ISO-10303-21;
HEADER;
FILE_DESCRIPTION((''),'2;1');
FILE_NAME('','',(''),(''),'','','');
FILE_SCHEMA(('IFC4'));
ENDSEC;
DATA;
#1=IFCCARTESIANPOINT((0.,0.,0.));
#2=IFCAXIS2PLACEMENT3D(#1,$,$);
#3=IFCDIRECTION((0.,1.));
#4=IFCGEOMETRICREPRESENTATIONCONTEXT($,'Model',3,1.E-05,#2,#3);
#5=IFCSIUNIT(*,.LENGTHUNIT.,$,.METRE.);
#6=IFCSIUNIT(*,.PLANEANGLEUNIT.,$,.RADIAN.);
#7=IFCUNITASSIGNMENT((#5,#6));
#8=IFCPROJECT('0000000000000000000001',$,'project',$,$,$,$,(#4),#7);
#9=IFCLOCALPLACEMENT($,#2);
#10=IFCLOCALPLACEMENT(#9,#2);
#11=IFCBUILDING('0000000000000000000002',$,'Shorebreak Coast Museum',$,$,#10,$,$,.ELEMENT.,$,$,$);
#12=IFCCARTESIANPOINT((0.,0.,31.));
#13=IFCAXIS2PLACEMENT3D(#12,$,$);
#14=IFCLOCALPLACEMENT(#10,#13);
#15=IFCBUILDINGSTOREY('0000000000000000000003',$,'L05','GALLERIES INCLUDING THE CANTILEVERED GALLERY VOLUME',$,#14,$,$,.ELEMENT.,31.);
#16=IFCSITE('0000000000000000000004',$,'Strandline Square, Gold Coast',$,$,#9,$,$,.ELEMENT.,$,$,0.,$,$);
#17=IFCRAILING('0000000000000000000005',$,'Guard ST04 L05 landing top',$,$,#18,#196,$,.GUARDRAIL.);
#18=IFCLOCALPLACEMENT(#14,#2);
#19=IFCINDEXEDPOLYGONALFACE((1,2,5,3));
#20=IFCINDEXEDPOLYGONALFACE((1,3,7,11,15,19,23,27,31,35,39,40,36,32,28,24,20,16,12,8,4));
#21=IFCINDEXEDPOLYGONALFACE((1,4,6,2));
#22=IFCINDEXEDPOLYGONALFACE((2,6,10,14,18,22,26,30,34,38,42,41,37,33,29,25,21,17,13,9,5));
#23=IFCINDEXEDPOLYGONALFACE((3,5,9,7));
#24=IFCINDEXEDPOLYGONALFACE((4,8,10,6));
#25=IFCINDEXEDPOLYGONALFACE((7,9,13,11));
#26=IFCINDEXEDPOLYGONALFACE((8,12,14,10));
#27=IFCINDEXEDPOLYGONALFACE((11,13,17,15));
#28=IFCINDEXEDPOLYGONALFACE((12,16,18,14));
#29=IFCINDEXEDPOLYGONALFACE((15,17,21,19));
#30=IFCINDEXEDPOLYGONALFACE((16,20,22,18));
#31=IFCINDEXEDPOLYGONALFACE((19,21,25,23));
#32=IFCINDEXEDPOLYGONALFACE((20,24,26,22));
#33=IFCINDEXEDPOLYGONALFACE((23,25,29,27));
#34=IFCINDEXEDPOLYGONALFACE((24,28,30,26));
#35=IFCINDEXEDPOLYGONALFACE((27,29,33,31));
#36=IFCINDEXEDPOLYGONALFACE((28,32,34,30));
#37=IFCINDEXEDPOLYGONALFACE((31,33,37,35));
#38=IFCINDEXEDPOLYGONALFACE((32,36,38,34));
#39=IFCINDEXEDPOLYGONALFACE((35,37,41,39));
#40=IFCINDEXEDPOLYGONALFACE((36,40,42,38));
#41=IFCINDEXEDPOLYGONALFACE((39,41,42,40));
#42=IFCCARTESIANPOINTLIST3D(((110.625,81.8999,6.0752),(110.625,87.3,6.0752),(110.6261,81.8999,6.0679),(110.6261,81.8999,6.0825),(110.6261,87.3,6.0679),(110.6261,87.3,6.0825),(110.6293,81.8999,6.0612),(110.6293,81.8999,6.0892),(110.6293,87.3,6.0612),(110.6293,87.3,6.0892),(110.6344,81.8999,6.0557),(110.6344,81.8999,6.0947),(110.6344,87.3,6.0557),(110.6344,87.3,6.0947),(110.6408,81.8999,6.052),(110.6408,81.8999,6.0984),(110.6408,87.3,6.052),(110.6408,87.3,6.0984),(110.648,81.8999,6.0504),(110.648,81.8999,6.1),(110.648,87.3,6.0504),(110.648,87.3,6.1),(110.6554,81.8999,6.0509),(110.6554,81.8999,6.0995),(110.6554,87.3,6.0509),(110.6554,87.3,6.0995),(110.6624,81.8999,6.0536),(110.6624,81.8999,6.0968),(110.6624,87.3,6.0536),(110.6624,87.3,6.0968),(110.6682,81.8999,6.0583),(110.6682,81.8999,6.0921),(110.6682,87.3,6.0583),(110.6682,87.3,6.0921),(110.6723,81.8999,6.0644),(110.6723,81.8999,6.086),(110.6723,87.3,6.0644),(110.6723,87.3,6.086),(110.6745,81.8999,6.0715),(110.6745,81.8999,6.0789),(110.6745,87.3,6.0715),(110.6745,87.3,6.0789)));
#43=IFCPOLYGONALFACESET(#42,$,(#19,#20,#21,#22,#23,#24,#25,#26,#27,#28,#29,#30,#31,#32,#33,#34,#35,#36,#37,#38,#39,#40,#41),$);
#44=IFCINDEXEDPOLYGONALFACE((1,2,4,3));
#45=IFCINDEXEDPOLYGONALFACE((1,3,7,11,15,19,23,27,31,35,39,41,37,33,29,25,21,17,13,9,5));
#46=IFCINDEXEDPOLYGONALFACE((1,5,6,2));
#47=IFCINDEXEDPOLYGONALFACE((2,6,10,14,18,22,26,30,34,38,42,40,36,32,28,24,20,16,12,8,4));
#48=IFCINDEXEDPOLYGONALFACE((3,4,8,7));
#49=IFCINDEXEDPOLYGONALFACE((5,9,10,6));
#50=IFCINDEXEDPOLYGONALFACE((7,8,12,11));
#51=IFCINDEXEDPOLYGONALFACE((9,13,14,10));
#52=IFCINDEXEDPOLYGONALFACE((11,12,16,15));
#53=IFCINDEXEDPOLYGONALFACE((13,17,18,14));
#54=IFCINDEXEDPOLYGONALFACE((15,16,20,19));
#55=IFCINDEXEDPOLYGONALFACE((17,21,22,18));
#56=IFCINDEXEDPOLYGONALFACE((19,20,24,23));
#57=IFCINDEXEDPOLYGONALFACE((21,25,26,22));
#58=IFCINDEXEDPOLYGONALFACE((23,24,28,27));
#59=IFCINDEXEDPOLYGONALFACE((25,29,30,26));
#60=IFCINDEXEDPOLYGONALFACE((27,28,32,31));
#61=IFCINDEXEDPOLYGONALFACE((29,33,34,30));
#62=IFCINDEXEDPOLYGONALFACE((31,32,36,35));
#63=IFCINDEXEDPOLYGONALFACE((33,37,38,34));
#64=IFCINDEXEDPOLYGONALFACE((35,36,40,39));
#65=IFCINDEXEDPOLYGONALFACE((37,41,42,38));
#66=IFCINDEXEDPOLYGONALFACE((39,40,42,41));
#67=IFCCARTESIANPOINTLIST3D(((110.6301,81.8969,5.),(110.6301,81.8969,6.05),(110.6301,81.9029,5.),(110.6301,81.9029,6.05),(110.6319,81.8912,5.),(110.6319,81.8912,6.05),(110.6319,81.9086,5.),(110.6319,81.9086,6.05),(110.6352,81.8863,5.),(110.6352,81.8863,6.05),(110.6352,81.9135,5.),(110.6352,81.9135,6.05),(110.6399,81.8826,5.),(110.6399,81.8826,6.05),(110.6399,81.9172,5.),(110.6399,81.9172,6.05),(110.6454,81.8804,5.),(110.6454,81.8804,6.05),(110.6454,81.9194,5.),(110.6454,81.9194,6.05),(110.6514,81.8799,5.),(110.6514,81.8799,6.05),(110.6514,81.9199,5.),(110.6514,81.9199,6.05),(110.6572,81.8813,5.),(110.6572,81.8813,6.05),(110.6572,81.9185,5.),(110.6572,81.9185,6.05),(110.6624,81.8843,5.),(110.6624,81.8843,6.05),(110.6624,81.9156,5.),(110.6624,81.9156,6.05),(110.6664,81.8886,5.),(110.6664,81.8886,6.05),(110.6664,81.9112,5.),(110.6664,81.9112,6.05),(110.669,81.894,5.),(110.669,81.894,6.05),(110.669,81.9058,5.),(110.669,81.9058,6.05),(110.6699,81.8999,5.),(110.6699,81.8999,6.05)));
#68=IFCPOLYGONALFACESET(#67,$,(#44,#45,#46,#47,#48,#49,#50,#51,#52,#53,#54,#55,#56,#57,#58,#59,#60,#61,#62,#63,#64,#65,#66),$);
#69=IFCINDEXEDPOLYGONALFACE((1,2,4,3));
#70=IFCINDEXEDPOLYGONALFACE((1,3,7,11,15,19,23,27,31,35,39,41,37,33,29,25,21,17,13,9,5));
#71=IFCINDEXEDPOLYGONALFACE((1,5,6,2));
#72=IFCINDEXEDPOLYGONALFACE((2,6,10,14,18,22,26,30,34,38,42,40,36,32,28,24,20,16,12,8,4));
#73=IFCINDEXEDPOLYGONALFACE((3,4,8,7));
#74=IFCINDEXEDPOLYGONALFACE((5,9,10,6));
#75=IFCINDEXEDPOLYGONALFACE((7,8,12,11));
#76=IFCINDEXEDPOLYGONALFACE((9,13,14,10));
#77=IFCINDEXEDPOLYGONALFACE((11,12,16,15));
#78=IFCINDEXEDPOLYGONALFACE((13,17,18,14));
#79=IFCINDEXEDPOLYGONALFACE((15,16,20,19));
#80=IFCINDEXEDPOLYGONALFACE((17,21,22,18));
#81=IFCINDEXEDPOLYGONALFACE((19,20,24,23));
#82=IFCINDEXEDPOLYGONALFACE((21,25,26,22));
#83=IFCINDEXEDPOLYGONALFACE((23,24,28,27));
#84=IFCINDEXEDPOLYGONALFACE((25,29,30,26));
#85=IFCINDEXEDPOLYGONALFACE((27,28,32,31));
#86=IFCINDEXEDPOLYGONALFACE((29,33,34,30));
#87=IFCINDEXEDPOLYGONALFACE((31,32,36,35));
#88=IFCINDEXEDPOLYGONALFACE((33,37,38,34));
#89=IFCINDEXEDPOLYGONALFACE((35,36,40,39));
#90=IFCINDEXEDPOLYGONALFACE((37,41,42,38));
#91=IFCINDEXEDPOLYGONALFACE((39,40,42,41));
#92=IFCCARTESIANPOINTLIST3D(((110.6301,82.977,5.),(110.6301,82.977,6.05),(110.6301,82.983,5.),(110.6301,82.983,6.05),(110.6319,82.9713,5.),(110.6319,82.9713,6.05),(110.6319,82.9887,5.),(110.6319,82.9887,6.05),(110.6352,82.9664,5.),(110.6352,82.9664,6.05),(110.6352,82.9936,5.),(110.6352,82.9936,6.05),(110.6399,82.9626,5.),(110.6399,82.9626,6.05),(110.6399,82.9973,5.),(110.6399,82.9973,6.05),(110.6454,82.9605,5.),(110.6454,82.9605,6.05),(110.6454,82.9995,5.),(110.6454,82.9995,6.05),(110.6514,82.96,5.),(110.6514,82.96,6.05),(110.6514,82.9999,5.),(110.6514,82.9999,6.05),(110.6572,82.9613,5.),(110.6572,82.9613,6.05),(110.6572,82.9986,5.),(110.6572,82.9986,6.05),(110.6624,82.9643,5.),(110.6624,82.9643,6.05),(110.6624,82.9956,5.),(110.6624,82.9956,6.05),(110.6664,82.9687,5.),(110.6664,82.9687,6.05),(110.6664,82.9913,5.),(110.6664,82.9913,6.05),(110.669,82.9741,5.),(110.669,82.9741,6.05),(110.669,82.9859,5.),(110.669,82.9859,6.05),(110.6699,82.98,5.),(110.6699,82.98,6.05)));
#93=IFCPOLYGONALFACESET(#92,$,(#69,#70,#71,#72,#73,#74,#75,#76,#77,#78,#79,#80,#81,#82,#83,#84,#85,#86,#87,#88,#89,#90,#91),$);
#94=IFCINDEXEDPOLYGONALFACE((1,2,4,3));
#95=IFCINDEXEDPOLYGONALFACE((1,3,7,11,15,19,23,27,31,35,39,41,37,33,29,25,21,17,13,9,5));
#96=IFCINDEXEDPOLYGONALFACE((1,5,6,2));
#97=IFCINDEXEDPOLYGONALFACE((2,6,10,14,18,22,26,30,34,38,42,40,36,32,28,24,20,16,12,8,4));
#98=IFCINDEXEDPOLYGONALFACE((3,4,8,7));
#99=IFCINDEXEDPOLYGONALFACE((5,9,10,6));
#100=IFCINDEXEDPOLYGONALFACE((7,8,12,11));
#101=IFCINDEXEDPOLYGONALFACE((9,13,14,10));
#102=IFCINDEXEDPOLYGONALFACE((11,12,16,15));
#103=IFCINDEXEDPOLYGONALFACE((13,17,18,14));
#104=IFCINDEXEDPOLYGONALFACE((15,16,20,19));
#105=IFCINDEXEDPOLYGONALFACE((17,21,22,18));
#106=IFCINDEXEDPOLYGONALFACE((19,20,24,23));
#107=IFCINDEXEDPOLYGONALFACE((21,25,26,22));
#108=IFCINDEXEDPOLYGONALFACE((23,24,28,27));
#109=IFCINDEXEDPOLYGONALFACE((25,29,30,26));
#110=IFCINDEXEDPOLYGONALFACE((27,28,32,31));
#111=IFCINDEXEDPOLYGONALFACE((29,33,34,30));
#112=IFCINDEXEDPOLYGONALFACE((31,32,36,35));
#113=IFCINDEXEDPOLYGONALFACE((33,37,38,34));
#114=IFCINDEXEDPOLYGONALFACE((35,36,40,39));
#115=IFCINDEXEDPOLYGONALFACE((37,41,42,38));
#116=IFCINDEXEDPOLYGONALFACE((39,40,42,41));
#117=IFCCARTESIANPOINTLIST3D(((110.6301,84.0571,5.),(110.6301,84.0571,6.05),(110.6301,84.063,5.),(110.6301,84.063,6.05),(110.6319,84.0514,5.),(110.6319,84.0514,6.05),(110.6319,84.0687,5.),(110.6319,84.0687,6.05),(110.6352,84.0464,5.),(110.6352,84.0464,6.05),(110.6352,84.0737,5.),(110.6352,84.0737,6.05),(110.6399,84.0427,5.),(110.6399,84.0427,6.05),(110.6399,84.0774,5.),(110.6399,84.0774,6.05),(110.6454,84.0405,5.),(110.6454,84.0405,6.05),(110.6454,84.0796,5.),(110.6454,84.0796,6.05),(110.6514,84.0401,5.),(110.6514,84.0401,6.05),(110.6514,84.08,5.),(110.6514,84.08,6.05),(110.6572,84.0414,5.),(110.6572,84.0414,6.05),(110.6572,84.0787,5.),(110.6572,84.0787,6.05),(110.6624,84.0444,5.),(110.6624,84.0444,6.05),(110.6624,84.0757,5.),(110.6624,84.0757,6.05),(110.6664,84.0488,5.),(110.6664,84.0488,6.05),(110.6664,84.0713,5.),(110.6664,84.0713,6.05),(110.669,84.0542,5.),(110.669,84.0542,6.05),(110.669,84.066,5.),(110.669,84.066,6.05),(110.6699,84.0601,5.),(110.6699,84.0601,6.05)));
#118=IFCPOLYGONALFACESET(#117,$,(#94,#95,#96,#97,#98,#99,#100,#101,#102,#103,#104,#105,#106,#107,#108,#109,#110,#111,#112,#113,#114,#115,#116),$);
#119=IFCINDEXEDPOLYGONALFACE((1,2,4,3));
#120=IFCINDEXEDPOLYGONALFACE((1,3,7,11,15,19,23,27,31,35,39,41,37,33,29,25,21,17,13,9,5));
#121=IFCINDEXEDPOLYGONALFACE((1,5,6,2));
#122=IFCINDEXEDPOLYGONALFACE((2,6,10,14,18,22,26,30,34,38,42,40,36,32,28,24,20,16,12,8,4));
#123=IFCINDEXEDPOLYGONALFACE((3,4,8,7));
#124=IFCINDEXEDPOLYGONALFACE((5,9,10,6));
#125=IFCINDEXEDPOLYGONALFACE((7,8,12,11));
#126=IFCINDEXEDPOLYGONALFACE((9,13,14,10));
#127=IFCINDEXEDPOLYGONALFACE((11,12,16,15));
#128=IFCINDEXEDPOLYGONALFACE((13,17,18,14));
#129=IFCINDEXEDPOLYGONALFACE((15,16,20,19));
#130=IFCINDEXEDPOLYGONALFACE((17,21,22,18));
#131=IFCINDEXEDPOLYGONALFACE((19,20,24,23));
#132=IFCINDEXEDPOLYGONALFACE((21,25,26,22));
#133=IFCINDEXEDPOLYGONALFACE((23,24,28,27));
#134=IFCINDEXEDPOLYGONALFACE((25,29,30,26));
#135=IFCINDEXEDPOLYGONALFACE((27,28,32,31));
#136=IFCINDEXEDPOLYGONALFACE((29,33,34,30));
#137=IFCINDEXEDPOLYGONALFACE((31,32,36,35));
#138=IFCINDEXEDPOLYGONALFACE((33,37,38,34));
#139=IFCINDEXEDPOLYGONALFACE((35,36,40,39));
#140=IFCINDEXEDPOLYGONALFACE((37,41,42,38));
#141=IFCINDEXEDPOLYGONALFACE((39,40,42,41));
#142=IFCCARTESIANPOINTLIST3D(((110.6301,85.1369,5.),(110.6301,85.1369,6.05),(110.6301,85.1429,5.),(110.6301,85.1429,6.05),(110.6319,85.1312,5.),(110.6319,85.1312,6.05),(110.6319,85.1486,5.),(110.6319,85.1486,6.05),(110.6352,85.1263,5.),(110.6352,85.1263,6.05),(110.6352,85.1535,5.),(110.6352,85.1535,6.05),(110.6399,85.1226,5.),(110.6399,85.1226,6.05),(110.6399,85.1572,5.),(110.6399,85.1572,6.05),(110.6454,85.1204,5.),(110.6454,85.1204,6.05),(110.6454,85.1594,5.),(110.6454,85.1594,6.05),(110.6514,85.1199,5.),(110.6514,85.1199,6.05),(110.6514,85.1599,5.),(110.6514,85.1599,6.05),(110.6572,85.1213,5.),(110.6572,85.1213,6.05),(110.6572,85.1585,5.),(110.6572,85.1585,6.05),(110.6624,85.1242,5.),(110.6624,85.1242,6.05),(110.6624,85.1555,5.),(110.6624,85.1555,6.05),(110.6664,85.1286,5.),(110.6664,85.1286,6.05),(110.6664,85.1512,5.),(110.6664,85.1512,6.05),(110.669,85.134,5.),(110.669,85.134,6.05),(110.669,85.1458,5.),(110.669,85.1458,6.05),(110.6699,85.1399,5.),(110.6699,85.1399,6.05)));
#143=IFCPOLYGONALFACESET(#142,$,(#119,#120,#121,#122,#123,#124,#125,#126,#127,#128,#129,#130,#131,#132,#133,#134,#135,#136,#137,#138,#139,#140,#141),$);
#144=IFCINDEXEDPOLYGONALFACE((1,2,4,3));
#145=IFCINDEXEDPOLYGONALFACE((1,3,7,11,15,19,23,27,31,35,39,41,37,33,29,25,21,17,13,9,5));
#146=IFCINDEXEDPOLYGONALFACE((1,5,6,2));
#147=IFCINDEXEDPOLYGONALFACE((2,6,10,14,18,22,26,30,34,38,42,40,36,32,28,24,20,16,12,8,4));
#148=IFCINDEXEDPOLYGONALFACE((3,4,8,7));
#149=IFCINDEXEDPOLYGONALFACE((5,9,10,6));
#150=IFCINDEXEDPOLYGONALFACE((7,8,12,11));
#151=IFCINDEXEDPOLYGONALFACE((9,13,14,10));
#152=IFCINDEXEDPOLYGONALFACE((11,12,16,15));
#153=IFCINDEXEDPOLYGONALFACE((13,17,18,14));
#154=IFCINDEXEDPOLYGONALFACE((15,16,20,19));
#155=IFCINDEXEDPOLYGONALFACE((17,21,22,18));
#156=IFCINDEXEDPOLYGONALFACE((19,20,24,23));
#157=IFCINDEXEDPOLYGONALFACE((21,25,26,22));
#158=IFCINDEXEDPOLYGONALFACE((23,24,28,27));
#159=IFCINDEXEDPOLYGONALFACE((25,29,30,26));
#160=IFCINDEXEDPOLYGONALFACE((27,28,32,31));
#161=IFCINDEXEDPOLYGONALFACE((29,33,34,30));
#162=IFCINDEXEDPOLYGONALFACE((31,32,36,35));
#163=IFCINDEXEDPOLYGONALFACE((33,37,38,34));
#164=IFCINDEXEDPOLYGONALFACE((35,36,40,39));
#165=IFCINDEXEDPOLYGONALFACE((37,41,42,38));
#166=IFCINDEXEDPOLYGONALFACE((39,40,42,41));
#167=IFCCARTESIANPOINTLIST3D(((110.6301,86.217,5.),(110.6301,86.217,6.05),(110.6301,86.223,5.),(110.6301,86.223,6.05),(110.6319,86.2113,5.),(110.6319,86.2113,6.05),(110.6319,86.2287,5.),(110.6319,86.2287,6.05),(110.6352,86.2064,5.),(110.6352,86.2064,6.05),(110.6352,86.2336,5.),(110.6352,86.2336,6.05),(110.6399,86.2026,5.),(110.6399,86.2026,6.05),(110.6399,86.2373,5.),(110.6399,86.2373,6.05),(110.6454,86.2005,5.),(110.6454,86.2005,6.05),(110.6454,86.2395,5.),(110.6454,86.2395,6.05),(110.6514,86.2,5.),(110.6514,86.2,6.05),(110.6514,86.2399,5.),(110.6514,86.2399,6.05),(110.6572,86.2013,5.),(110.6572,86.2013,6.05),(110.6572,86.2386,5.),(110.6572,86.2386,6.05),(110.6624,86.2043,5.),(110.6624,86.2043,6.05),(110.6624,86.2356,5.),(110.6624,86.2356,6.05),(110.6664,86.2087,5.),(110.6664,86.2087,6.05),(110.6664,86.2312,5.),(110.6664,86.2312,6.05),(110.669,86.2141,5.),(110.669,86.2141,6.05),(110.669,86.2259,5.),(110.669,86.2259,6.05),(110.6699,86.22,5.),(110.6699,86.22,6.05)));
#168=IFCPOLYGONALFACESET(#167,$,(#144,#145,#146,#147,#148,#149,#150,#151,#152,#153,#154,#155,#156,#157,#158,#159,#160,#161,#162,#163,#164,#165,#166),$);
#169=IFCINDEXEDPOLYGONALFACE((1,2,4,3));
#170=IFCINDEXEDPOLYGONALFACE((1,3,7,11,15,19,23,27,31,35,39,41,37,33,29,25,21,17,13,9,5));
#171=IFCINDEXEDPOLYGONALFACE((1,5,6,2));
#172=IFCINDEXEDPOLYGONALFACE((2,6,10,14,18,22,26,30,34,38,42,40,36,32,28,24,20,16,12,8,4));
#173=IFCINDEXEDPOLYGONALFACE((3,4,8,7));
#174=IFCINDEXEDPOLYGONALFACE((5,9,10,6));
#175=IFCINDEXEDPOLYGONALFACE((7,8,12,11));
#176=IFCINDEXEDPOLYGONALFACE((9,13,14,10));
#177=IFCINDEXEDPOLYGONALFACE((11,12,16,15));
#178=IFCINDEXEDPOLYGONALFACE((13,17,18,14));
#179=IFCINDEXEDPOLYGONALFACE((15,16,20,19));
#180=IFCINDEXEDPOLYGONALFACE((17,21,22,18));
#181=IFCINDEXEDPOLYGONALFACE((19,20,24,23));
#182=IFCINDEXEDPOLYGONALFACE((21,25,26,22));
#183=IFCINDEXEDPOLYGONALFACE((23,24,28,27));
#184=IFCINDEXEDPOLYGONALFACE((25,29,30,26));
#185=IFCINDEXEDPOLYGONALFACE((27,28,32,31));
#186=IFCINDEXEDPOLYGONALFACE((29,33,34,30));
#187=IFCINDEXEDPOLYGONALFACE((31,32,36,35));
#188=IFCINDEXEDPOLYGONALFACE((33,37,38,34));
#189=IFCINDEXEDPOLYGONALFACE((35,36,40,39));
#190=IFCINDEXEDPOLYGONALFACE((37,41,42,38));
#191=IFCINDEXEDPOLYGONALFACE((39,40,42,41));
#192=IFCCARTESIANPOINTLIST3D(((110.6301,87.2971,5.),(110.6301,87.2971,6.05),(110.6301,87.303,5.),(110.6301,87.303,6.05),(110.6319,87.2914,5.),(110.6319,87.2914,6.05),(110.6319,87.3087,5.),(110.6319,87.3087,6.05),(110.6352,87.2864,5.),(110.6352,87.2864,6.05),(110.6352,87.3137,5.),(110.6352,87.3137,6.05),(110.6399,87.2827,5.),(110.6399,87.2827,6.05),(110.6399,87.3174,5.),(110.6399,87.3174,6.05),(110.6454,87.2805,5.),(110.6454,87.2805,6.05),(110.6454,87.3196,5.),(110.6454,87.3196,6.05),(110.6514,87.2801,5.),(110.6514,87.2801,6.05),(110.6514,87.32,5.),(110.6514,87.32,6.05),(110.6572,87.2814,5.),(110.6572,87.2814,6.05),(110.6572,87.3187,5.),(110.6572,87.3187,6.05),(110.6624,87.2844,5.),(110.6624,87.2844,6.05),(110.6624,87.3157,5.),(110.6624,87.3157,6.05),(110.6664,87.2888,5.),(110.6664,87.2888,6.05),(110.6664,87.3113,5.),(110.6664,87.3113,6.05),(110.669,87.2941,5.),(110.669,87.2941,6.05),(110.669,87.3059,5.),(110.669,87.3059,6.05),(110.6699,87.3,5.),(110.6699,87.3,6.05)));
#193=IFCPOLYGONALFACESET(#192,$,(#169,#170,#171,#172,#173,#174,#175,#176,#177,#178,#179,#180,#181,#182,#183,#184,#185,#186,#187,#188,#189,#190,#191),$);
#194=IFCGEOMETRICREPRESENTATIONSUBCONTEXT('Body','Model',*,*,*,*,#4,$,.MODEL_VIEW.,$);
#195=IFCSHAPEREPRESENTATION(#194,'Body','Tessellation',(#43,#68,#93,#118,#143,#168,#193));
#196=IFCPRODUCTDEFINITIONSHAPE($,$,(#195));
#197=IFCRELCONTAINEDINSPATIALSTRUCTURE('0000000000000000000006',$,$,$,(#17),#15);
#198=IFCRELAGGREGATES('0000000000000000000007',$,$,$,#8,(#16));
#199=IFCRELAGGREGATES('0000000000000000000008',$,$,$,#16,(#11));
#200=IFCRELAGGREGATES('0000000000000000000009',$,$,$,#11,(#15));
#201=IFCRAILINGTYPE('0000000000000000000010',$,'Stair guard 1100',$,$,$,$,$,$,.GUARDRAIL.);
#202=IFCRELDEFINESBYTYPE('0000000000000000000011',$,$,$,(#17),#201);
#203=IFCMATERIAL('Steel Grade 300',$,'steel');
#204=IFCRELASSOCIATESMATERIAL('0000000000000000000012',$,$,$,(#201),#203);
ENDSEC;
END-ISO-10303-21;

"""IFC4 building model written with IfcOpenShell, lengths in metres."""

from ifc_helpers import new_model, si_unit, direction, frame, origin, origin_2d, place, context, subcontext, project, spatial, circle, extrude, material, type_object, element, save


model = new_model("IFC4")

# Units and contexts
model_context = context("Model", 3, precision=1e-05, world=origin(), true_north=direction((0.0, 1.0)))
body_context = subcontext(model_context, "Body", "Model", "MODEL_VIEW")
ifc_project = project(units=[si_unit("LENGTHUNIT", "METRE"), si_unit("PLANEANGLEUNIT", "RADIAN")], contexts=[model_context])

# Site, building, storey
site_placement = place(None, origin())
site = spatial("IfcSite", under=ifc_project, at=site_placement, Name="Strandline Square, Gold Coast", CompositionType="ELEMENT", RefElevation=0.0)
building_placement = place(site_placement, origin())
building = spatial("IfcBuilding", under=site, at=building_placement, Name="Shorebreak Coast Museum", CompositionType="ELEMENT")
storey_placement = place(building_placement, frame((0.0, 0.0, 31.0)))
storey = spatial("IfcBuildingStorey", under=building, at=storey_placement, Name="L05", Description="GALLERIES INCLUDING THE CANTILEVERED GALLERY VOLUME", CompositionType="ELEMENT", Elevation=31.0)

# Railing
ifc_material_1 = material(Name="Steel Grade 300", Category="steel")
railing_type_1 = type_object("IfcRailingType", Name="Stair guard 1100", PredefinedType="GUARDRAIL", material=ifc_material_1)
railing_1_placement = place(storey_placement, frame((110.6499, 81.8999, 5.0)))
element("IfcRailing", 1, at=railing_1_placement, inside=storey, type_object=railing_type_1, Name="Guard ST04 L05 landing top", PredefinedType="GUARDRAIL", context=body_context, shape_type="SweptSolid", body=[
    extrude(circle(Radius=0.0249, at=origin_2d()), frame((0.0, 0.0, 1.0752), z_axis=(0.0, 1.0, 0.0), x_axis=(-1.0, 0.0, 0.0)), (0.0, 0.0, 1.0), 5.4001),
    extrude(circle(Radius=0.02, at=origin_2d()), origin(), (0.0, 0.0, 1.0), 1.05),
    extrude(circle(Radius=0.02, at=origin_2d()), frame((0.0, 1.0801, 0.0)), (0.0, 0.0, 1.0), 1.05),
    extrude(circle(Radius=0.02, at=origin_2d()), frame((0.0, 2.1602, 0.0)), (0.0, 0.0, 1.0), 1.05),
    extrude(circle(Radius=0.02, at=origin_2d()), frame((0.0, 3.24, 0.0)), (0.0, 0.0, 1.0), 1.05),
    extrude(circle(Radius=0.02, at=origin_2d()), frame((0.0, 4.3201, 0.0)), (0.0, 0.0, 1.0), 1.05),
    extrude(circle(Radius=0.02, at=origin_2d()), frame((0.0, 5.4001, 0.0)), (0.0, 0.0, 1.0), 1.05),
])

save(model, "model.ifc")
